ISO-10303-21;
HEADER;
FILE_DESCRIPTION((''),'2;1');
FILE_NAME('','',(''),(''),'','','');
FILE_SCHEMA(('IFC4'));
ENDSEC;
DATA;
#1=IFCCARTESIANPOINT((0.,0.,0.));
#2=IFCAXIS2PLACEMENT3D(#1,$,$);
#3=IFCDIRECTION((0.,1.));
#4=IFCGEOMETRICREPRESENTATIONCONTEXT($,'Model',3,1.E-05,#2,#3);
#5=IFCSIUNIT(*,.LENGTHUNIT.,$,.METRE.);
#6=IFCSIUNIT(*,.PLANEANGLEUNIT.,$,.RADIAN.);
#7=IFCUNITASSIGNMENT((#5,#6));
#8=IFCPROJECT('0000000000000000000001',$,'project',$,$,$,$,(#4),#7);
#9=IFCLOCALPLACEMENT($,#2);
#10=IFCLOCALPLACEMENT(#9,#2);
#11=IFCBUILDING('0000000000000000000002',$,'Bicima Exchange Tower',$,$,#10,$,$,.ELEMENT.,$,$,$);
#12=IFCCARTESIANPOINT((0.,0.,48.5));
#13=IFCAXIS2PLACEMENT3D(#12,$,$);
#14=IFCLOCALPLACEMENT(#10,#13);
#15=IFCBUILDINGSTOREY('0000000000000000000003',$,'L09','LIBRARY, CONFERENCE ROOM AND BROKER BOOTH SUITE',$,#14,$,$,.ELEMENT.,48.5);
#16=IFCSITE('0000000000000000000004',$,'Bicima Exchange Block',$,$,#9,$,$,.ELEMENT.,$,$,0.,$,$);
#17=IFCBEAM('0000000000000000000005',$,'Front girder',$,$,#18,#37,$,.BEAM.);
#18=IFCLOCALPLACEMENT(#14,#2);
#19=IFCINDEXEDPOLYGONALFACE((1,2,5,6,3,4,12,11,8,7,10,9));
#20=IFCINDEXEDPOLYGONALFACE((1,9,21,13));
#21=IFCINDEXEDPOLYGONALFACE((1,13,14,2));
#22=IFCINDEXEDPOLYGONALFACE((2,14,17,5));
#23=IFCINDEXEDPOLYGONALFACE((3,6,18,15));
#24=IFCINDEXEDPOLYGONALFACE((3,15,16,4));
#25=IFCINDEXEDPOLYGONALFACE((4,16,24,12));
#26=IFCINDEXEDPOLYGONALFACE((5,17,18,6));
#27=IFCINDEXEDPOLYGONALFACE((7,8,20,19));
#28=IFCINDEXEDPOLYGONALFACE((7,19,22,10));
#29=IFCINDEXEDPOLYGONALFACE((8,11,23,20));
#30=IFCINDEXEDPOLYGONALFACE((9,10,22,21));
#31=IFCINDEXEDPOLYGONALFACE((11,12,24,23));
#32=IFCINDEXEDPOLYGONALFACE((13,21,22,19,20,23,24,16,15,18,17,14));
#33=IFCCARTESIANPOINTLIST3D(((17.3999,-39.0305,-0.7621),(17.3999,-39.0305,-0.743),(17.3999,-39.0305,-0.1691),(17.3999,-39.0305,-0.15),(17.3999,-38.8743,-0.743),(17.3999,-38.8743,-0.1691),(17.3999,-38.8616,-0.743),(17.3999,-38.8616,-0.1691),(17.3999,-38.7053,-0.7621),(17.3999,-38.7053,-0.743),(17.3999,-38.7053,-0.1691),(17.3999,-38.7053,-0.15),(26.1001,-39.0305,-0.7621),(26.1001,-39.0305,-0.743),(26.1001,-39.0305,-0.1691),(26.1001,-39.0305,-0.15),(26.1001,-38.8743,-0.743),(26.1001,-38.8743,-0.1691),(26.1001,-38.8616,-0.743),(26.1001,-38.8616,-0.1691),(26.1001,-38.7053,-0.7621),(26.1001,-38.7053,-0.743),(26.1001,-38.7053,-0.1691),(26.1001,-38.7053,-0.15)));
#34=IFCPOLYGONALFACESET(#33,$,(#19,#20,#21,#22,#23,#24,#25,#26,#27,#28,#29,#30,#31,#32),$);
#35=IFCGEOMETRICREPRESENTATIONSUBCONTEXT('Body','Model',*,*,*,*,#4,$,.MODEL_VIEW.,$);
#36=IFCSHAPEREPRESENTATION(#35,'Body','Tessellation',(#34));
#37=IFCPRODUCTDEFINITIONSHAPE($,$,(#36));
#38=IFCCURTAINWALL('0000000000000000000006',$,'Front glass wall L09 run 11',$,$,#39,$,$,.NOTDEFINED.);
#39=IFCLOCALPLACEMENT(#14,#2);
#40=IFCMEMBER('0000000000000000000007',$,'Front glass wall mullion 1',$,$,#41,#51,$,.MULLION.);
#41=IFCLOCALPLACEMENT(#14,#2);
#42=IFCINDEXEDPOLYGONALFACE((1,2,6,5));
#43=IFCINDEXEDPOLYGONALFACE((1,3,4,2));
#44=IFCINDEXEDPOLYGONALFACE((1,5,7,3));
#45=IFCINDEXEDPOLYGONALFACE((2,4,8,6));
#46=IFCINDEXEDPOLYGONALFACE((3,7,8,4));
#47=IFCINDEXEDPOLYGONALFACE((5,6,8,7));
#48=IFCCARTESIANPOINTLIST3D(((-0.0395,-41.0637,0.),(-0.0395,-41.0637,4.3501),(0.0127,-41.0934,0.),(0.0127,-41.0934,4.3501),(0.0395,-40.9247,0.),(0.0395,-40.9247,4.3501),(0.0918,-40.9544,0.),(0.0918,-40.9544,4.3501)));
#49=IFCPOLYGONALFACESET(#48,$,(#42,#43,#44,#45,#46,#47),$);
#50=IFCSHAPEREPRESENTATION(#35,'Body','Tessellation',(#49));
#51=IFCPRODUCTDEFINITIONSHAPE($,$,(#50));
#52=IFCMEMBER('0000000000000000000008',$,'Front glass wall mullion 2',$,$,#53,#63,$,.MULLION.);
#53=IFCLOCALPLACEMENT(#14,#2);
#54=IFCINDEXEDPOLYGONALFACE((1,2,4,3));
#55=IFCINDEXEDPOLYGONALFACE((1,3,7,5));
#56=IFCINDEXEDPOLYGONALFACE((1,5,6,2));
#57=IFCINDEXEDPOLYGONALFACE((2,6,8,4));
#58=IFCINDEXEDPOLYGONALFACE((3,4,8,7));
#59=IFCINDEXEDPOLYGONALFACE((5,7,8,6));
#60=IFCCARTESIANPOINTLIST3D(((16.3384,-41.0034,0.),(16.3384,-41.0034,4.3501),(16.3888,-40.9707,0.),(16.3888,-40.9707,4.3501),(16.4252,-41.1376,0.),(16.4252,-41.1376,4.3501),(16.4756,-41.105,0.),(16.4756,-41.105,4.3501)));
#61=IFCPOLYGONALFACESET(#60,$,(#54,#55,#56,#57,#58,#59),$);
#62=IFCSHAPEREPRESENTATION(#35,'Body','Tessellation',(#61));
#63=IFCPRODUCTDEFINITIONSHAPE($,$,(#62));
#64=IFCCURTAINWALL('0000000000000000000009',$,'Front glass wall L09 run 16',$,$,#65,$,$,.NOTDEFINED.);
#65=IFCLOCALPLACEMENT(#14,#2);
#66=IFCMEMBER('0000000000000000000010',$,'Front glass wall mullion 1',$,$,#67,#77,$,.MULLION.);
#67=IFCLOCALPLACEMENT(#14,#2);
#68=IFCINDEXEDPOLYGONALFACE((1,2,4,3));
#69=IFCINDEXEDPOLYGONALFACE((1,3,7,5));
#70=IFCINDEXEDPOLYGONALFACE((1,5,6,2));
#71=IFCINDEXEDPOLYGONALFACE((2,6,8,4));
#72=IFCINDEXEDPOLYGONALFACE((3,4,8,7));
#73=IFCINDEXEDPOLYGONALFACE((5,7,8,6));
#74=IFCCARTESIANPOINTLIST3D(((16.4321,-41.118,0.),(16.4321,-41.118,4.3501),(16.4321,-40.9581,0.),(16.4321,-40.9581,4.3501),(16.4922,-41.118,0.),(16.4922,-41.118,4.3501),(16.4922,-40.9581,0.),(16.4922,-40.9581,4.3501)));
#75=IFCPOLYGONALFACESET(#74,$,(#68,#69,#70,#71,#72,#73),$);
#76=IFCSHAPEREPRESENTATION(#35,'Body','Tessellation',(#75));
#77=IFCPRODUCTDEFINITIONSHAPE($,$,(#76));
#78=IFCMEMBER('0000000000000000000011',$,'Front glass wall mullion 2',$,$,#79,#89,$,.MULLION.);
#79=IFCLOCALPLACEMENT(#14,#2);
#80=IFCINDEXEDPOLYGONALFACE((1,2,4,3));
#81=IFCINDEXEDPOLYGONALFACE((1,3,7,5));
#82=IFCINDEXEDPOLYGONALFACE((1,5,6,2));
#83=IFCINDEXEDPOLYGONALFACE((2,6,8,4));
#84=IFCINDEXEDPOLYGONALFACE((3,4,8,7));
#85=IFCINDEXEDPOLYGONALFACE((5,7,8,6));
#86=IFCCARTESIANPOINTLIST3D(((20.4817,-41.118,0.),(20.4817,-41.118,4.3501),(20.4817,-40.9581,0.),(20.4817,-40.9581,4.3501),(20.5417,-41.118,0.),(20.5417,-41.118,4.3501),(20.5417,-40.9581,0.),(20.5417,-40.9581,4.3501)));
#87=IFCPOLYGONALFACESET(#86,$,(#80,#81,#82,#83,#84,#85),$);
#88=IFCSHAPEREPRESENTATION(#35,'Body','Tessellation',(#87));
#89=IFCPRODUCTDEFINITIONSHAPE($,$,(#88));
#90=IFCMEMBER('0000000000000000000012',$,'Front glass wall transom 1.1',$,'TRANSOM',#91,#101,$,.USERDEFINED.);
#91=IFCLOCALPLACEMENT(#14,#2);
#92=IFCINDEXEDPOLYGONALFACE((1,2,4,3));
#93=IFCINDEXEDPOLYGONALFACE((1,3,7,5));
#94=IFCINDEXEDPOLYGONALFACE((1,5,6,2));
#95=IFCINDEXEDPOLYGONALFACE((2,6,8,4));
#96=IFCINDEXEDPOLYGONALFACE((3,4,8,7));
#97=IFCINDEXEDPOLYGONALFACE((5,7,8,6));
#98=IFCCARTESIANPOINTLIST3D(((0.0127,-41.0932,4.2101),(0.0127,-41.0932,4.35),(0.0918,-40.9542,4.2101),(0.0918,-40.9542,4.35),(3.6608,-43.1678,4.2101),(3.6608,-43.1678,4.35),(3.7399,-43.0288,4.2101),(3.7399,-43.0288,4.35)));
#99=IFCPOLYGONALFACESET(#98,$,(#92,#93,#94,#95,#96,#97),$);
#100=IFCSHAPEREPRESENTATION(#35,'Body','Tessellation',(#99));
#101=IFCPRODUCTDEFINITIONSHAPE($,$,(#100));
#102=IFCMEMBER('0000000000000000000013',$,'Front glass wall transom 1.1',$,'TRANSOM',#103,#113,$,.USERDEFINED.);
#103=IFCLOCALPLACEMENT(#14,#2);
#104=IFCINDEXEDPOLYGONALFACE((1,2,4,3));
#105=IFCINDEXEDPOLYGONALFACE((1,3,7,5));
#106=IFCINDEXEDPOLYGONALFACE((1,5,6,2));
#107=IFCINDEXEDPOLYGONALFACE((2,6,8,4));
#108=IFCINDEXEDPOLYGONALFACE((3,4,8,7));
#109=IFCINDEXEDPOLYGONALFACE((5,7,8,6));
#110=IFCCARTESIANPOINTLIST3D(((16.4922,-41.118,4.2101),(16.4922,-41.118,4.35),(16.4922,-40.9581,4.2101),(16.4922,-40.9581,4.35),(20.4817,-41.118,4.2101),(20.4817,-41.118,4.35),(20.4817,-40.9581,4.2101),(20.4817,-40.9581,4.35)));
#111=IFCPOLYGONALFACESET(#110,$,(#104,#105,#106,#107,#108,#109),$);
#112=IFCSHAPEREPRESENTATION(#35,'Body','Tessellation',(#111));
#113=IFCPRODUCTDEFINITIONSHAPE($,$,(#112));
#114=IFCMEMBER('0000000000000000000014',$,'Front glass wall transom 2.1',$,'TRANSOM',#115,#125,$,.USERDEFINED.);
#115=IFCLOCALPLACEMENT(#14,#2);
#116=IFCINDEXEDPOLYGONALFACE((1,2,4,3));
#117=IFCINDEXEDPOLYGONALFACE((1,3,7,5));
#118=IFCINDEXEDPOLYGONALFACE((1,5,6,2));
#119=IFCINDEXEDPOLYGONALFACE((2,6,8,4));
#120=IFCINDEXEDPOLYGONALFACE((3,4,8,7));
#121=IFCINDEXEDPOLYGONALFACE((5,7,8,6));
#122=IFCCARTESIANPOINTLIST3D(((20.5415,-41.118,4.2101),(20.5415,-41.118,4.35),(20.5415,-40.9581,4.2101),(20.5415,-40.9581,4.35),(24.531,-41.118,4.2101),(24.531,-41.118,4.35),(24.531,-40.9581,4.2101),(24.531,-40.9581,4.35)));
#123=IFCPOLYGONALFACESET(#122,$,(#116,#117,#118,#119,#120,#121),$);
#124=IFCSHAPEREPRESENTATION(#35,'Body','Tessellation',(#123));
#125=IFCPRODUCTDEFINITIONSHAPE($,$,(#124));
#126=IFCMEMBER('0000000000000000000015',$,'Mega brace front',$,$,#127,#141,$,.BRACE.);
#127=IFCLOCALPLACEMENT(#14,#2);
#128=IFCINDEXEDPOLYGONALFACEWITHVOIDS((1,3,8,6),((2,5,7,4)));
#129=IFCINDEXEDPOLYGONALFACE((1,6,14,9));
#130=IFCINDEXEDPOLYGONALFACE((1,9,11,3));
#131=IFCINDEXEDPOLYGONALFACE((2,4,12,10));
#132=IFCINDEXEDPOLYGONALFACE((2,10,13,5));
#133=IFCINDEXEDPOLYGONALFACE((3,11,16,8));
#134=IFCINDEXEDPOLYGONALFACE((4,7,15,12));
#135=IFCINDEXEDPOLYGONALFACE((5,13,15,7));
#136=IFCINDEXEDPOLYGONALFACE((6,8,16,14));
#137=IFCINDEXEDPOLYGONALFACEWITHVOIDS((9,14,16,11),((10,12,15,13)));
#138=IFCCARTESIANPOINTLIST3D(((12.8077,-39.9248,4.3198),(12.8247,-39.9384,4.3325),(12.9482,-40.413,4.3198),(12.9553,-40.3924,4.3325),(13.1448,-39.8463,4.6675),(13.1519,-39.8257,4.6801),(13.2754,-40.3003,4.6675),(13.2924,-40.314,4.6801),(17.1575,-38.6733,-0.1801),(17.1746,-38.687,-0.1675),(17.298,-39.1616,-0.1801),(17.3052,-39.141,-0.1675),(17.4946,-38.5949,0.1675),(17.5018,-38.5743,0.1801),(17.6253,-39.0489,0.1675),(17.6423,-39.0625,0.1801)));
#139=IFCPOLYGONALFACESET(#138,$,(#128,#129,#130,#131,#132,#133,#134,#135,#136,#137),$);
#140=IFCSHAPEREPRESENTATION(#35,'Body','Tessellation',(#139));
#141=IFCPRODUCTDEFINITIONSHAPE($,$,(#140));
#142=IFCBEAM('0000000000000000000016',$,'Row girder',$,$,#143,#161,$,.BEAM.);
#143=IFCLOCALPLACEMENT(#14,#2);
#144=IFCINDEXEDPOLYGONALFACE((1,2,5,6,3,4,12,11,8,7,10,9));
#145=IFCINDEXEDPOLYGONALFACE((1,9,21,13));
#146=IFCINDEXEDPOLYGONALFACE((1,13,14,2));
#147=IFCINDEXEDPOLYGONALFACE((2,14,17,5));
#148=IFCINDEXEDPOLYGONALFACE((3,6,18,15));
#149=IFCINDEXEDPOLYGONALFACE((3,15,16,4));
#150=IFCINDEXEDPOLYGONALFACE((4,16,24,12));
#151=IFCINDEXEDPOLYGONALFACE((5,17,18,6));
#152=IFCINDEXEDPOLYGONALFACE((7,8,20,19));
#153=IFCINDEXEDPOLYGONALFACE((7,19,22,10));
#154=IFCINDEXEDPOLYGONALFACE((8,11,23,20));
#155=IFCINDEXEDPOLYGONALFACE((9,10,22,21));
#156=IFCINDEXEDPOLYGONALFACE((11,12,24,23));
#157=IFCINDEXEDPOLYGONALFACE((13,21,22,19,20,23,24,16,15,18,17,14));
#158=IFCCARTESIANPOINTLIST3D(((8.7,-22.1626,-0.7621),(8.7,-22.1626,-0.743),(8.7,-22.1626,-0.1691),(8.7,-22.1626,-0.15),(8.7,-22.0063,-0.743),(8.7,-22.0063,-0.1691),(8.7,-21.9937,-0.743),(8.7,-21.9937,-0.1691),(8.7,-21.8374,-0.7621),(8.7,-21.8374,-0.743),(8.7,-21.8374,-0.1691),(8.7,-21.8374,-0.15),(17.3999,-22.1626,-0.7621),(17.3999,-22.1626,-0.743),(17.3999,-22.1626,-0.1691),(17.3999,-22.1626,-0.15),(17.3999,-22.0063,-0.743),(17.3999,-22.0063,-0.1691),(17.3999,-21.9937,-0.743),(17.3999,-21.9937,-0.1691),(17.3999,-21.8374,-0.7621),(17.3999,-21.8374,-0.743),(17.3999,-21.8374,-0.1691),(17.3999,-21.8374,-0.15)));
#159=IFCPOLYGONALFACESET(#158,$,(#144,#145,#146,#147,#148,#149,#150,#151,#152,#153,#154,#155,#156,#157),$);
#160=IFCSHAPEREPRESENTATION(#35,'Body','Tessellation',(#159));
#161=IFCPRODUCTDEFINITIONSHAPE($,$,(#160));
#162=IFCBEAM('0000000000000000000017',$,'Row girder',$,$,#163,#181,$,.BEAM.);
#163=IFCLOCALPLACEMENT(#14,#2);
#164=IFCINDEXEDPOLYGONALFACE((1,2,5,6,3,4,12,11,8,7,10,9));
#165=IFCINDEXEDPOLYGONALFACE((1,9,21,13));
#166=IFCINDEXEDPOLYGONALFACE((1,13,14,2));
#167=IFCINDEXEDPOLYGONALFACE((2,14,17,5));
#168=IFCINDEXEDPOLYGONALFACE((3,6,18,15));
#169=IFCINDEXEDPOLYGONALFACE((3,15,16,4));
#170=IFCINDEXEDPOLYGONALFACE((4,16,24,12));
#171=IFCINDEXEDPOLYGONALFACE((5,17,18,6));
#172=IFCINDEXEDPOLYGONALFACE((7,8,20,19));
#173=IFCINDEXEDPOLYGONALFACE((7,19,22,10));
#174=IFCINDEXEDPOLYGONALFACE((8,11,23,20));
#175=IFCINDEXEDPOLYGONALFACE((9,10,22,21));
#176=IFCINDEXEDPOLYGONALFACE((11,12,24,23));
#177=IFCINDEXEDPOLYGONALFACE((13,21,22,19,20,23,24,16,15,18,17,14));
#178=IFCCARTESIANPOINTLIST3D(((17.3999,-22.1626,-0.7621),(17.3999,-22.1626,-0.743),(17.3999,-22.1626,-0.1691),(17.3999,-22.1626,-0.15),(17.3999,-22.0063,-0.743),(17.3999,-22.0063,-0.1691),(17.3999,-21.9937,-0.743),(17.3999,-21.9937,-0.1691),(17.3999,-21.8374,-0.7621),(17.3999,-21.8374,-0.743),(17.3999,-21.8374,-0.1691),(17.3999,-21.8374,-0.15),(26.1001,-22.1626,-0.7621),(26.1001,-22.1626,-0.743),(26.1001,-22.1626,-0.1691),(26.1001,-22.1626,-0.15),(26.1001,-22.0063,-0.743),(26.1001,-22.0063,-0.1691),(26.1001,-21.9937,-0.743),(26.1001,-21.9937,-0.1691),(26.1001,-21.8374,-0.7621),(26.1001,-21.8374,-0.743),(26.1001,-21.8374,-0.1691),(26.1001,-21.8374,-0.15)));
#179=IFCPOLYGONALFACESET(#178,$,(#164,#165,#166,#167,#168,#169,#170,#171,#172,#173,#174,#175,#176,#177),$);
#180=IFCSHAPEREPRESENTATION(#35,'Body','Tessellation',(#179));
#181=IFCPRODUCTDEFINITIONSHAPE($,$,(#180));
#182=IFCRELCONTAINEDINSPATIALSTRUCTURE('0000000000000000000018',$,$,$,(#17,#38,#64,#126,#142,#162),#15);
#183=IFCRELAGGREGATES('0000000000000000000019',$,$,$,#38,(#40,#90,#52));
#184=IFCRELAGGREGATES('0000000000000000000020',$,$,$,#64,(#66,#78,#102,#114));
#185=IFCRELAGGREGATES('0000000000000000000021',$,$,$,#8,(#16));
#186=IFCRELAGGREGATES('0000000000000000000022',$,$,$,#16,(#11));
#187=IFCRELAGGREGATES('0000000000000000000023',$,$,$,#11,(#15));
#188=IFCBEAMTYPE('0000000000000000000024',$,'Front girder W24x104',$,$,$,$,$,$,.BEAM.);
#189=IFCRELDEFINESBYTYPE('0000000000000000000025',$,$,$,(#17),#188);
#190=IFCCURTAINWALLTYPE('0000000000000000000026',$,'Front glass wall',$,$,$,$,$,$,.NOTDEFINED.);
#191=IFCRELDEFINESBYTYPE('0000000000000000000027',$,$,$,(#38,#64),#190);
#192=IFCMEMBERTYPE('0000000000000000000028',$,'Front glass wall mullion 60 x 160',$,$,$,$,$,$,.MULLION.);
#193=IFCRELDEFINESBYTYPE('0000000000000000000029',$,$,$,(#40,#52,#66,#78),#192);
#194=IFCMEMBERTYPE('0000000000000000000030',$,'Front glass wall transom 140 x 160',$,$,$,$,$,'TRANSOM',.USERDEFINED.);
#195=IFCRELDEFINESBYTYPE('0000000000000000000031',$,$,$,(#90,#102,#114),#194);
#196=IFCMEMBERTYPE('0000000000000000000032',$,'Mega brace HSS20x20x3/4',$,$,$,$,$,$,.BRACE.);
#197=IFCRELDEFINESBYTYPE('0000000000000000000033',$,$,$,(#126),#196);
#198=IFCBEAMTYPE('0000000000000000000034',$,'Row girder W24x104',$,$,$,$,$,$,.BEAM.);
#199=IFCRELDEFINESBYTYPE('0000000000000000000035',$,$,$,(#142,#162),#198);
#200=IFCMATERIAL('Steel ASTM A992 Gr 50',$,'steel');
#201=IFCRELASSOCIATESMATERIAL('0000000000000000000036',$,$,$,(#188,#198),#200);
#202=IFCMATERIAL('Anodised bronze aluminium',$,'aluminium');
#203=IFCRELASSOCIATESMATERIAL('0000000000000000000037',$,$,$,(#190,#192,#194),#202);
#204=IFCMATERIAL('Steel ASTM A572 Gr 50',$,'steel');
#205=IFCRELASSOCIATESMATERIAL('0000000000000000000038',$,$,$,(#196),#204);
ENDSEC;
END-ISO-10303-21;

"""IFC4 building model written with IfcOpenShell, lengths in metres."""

from ifc_helpers import new_model, si_unit, direction, frame, origin, origin_2d, place, context, subcontext, project, spatial, rectangle, hollow_rectangle, i_section, extrude, material, material_profile, profile_set, type_object, element, aggregate, save


model = new_model("IFC4")

# Units and contexts
model_context = context("Model", 3, precision=1e-05, world=origin(), true_north=direction((0.0, 1.0)))
body_context = subcontext(model_context, "Body", "Model", "MODEL_VIEW")
ifc_project = project(units=[si_unit("LENGTHUNIT", "METRE"), si_unit("PLANEANGLEUNIT", "RADIAN")], contexts=[model_context])

# Site, building, storey
site_placement = place(None, origin())
site = spatial("IfcSite", under=ifc_project, at=site_placement, Name="Bicima Exchange Block", CompositionType="ELEMENT", RefElevation=0.0)
building_placement = place(site_placement, origin())
building = spatial("IfcBuilding", under=site, at=building_placement, Name="Bicima Exchange Tower", CompositionType="ELEMENT")
storey_placement = place(building_placement, frame((0.0, 0.0, 48.5)))
storey = spatial("IfcBuildingStorey", under=building, at=storey_placement, Name="L09", Description="LIBRARY, CONFERENCE ROOM AND BROKER BOOTH SUITE", CompositionType="ELEMENT", Elevation=48.5)

# Shared definitions
ifc_material_1 = material(Name="Steel ASTM A992 Gr 50", Category="steel")

# Beam
ifc_material_profile_1 = material_profile(ifc_material_1, i_section(OverallWidth=0.3252, OverallDepth=0.6121, WebThickness=0.0127, FlangeThickness=0.019, at=origin_2d()))
ifc_profile_set_1 = profile_set([ifc_material_profile_1], Name="Steel ASTM A992 Gr 50")
beam_type_1 = type_object("IfcBeamType", Name="Front girder W24x104", PredefinedType="BEAM", material=ifc_profile_set_1)
beam_1_placement = place(storey_placement, frame((17.3999, -38.8679, -0.4561), z_axis=(1.0, 0.0, 0.0), x_axis=(0.0, 1.0, 0.0)))
element("IfcBeam", 1, at=beam_1_placement, inside=storey, type_object=beam_type_1, Name="Front girder", PredefinedType="BEAM", context=body_context, shape_type="SweptSolid", body=[
    extrude(i_section(OverallWidth=0.3252, OverallDepth=0.6121, WebThickness=0.0127, FlangeThickness=0.019, at=origin_2d()), origin(), (0.0, 0.0, 1.0), 8.7002),
])

# Curtain walls, members
ifc_material_2 = material(Name="Anodised bronze aluminium", Category="aluminium")
curtain_wall_type = type_object("IfcCurtainWallType", Name="Front glass wall", PredefinedType="NOTDEFINED", material=ifc_material_2)
curtain_wall_1_placement = place(storey_placement, origin())
curtain_wall_1 = element("IfcCurtainWall", 2, at=curtain_wall_1_placement, inside=storey, type_object=curtain_wall_type, Name="Front glass wall L09 run 11", PredefinedType="NOTDEFINED")
ifc_material_profile_2 = material_profile(ifc_material_2, rectangle(XDim=0.1599, YDim=0.0601, at=origin_2d()))
ifc_profile_set_2 = profile_set([ifc_material_profile_2], Name="Anodised bronze aluminium")
member_type_1 = type_object("IfcMemberType", Name="Front glass wall mullion 60 x 160", PredefinedType="MULLION", material=ifc_profile_set_2)
member_1_placement = place(storey_placement, frame((0.0261, -41.009, 0.0), z_axis=(0.0, 0.0, 1.0), x_axis=(0.49433, 0.869274, 0.0)))
member_1 = element("IfcMember", 3, at=member_1_placement, type_object=member_type_1, Name="Front glass wall mullion 1", PredefinedType="MULLION", context=body_context, shape_type="SweptSolid", body=[
    extrude(rectangle(XDim=0.1599, YDim=0.0601, at=origin_2d()), origin(), (0.0, 0.0, 1.0), 4.3501),
])
member_2_placement = place(storey_placement, frame((16.407, -41.0542, 0.0), z_axis=(0.0, 0.0, 1.0), x_axis=(-0.542909, 0.839791, 0.0)))
member_2 = element("IfcMember", 4, at=member_2_placement, type_object=member_type_1, Name="Front glass wall mullion 2", PredefinedType="MULLION", context=body_context, shape_type="SweptSolid", body=[
    extrude(rectangle(XDim=0.1599, YDim=0.0601, at=origin_2d()), origin(), (0.0, 0.0, 1.0), 4.3501),
])
curtain_wall_2_placement = place(storey_placement, origin())
curtain_wall_2 = element("IfcCurtainWall", 5, at=curtain_wall_2_placement, inside=storey, type_object=curtain_wall_type, Name="Front glass wall L09 run 16", PredefinedType="NOTDEFINED")
member_3_placement = place(storey_placement, frame((16.4622, -41.0381, 0.0), z_axis=(0.0, 0.0, 1.0), x_axis=(0.0, 1.0, 0.0)))
member_3 = element("IfcMember", 6, at=member_3_placement, type_object=member_type_1, Name="Front glass wall mullion 1", PredefinedType="MULLION", context=body_context, shape_type="SweptSolid", body=[
    extrude(rectangle(XDim=0.1599, YDim=0.0601, at=origin_2d()), origin(), (0.0, 0.0, 1.0), 4.3501),
])
member_4_placement = place(storey_placement, frame((20.5117, -41.0381, 0.0), z_axis=(0.0, 0.0, 1.0), x_axis=(0.0, 1.0, 0.0)))
member_4 = element("IfcMember", 7, at=member_4_placement, type_object=member_type_1, Name="Front glass wall mullion 2", PredefinedType="MULLION", context=body_context, shape_type="SweptSolid", body=[
    extrude(rectangle(XDim=0.1599, YDim=0.0601, at=origin_2d()), origin(), (0.0, 0.0, 1.0), 4.3501),
])

# Members
ifc_material_profile_3 = material_profile(ifc_material_2, rectangle(XDim=0.1599, YDim=0.1399, at=origin_2d()))
ifc_profile_set_3 = profile_set([ifc_material_profile_3], Name="Anodised bronze aluminium")
member_type_2 = type_object("IfcMemberType", Name="Front glass wall transom 140 x 160", ElementType="TRANSOM", PredefinedType="USERDEFINED", material=ifc_profile_set_3)
member_5_placement = place(storey_placement, frame((0.0522, -41.0237, 4.28), z_axis=(0.869265, -0.494346, 0.0), x_axis=(0.494346, 0.869265, 0.0)))
member_5 = element("IfcMember", 8, at=member_5_placement, type_object=member_type_2, Name="Front glass wall transom 1.1", ObjectType="TRANSOM", PredefinedType="USERDEFINED", context=body_context, shape_type="SweptSolid", body=[
    extrude(rectangle(XDim=0.1599, YDim=0.1399, at=origin_2d()), origin(), (0.0, 0.0, 1.0), 4.1968),
])
aggregate(curtain_wall_1, [member_1, member_5, member_2])
member_6_placement = place(storey_placement, frame((16.4922, -41.0381, 4.28), z_axis=(1.0, 0.0, 0.0), x_axis=(0.0, 1.0, 0.0)))
member_6 = element("IfcMember", 9, at=member_6_placement, type_object=member_type_2, Name="Front glass wall transom 1.1", ObjectType="TRANSOM", PredefinedType="USERDEFINED", context=body_context, shape_type="SweptSolid", body=[
    extrude(rectangle(XDim=0.1599, YDim=0.1399, at=origin_2d()), origin(), (0.0, 0.0, 1.0), 3.9895),
])
member_7_placement = place(storey_placement, frame((20.5415, -41.0381, 4.28), z_axis=(1.0, 0.0, 0.0), x_axis=(0.0, 1.0, 0.0)))
member_7 = element("IfcMember", 10, at=member_7_placement, type_object=member_type_2, Name="Front glass wall transom 2.1", ObjectType="TRANSOM", PredefinedType="USERDEFINED", context=body_context, shape_type="SweptSolid", body=[
    extrude(rectangle(XDim=0.1599, YDim=0.1399, at=origin_2d()), origin(), (0.0, 0.0, 1.0), 3.9895),
])
ifc_material_3 = material(Name="Steel ASTM A572 Gr 50", Category="steel")
ifc_material_profile_4 = material_profile(ifc_material_3, hollow_rectangle(XDim=0.5081, YDim=0.5081, WallThickness=0.0178, at=origin_2d()))
ifc_profile_set_4 = profile_set([ifc_material_profile_4], Name="Steel ASTM A572 Gr 50")
member_type_3 = type_object("IfcMemberType", Name="Mega brace HSS20x20x3/4", PredefinedType="BRACE", material=ifc_profile_set_4)
member_8_placement = place(storey_placement, frame((17.3999, -38.8679, 0.0), z_axis=(-0.681519, -0.196075, 0.705044), x_axis=(0.276487, -0.961018, 0.0)))
element("IfcMember", 11, at=member_8_placement, inside=storey, type_object=member_type_3, Name="Mega brace front", PredefinedType="BRACE", context=body_context, shape_type="SweptSolid", body=[
    extrude(hollow_rectangle(XDim=0.5081, YDim=0.5081, WallThickness=0.0178, at=origin_2d()), origin(), (0.0, 0.0, 1.0), 6.3826),
])

# Beams
beam_type_2 = type_object("IfcBeamType", Name="Row girder W24x104", PredefinedType="BEAM", material=ifc_profile_set_1)
beam_2_placement = place(storey_placement, frame((8.7, -22.0, -0.4561), z_axis=(1.0, 0.0, 0.0), x_axis=(0.0, 1.0, 0.0)))
element("IfcBeam", 12, at=beam_2_placement, inside=storey, type_object=beam_type_2, Name="Row girder", PredefinedType="BEAM", context=body_context, shape_type="SweptSolid", body=[
    extrude(i_section(OverallWidth=0.3252, OverallDepth=0.6121, WebThickness=0.0127, FlangeThickness=0.019, at=origin_2d()), origin(), (0.0, 0.0, 1.0), 8.7),
])
beam_3_placement = place(storey_placement, frame((17.3999, -22.0, -0.4561), z_axis=(1.0, 0.0, 0.0), x_axis=(0.0, 1.0, 0.0)))
element("IfcBeam", 13, at=beam_3_placement, inside=storey, type_object=beam_type_2, Name="Row girder", PredefinedType="BEAM", context=body_context, shape_type="SweptSolid", body=[
    extrude(i_section(OverallWidth=0.3252, OverallDepth=0.6121, WebThickness=0.0127, FlangeThickness=0.019, at=origin_2d()), origin(), (0.0, 0.0, 1.0), 8.7002),
])

aggregate(curtain_wall_2, [member_3, member_4, member_6, member_7])

save(model, "model.ifc")
